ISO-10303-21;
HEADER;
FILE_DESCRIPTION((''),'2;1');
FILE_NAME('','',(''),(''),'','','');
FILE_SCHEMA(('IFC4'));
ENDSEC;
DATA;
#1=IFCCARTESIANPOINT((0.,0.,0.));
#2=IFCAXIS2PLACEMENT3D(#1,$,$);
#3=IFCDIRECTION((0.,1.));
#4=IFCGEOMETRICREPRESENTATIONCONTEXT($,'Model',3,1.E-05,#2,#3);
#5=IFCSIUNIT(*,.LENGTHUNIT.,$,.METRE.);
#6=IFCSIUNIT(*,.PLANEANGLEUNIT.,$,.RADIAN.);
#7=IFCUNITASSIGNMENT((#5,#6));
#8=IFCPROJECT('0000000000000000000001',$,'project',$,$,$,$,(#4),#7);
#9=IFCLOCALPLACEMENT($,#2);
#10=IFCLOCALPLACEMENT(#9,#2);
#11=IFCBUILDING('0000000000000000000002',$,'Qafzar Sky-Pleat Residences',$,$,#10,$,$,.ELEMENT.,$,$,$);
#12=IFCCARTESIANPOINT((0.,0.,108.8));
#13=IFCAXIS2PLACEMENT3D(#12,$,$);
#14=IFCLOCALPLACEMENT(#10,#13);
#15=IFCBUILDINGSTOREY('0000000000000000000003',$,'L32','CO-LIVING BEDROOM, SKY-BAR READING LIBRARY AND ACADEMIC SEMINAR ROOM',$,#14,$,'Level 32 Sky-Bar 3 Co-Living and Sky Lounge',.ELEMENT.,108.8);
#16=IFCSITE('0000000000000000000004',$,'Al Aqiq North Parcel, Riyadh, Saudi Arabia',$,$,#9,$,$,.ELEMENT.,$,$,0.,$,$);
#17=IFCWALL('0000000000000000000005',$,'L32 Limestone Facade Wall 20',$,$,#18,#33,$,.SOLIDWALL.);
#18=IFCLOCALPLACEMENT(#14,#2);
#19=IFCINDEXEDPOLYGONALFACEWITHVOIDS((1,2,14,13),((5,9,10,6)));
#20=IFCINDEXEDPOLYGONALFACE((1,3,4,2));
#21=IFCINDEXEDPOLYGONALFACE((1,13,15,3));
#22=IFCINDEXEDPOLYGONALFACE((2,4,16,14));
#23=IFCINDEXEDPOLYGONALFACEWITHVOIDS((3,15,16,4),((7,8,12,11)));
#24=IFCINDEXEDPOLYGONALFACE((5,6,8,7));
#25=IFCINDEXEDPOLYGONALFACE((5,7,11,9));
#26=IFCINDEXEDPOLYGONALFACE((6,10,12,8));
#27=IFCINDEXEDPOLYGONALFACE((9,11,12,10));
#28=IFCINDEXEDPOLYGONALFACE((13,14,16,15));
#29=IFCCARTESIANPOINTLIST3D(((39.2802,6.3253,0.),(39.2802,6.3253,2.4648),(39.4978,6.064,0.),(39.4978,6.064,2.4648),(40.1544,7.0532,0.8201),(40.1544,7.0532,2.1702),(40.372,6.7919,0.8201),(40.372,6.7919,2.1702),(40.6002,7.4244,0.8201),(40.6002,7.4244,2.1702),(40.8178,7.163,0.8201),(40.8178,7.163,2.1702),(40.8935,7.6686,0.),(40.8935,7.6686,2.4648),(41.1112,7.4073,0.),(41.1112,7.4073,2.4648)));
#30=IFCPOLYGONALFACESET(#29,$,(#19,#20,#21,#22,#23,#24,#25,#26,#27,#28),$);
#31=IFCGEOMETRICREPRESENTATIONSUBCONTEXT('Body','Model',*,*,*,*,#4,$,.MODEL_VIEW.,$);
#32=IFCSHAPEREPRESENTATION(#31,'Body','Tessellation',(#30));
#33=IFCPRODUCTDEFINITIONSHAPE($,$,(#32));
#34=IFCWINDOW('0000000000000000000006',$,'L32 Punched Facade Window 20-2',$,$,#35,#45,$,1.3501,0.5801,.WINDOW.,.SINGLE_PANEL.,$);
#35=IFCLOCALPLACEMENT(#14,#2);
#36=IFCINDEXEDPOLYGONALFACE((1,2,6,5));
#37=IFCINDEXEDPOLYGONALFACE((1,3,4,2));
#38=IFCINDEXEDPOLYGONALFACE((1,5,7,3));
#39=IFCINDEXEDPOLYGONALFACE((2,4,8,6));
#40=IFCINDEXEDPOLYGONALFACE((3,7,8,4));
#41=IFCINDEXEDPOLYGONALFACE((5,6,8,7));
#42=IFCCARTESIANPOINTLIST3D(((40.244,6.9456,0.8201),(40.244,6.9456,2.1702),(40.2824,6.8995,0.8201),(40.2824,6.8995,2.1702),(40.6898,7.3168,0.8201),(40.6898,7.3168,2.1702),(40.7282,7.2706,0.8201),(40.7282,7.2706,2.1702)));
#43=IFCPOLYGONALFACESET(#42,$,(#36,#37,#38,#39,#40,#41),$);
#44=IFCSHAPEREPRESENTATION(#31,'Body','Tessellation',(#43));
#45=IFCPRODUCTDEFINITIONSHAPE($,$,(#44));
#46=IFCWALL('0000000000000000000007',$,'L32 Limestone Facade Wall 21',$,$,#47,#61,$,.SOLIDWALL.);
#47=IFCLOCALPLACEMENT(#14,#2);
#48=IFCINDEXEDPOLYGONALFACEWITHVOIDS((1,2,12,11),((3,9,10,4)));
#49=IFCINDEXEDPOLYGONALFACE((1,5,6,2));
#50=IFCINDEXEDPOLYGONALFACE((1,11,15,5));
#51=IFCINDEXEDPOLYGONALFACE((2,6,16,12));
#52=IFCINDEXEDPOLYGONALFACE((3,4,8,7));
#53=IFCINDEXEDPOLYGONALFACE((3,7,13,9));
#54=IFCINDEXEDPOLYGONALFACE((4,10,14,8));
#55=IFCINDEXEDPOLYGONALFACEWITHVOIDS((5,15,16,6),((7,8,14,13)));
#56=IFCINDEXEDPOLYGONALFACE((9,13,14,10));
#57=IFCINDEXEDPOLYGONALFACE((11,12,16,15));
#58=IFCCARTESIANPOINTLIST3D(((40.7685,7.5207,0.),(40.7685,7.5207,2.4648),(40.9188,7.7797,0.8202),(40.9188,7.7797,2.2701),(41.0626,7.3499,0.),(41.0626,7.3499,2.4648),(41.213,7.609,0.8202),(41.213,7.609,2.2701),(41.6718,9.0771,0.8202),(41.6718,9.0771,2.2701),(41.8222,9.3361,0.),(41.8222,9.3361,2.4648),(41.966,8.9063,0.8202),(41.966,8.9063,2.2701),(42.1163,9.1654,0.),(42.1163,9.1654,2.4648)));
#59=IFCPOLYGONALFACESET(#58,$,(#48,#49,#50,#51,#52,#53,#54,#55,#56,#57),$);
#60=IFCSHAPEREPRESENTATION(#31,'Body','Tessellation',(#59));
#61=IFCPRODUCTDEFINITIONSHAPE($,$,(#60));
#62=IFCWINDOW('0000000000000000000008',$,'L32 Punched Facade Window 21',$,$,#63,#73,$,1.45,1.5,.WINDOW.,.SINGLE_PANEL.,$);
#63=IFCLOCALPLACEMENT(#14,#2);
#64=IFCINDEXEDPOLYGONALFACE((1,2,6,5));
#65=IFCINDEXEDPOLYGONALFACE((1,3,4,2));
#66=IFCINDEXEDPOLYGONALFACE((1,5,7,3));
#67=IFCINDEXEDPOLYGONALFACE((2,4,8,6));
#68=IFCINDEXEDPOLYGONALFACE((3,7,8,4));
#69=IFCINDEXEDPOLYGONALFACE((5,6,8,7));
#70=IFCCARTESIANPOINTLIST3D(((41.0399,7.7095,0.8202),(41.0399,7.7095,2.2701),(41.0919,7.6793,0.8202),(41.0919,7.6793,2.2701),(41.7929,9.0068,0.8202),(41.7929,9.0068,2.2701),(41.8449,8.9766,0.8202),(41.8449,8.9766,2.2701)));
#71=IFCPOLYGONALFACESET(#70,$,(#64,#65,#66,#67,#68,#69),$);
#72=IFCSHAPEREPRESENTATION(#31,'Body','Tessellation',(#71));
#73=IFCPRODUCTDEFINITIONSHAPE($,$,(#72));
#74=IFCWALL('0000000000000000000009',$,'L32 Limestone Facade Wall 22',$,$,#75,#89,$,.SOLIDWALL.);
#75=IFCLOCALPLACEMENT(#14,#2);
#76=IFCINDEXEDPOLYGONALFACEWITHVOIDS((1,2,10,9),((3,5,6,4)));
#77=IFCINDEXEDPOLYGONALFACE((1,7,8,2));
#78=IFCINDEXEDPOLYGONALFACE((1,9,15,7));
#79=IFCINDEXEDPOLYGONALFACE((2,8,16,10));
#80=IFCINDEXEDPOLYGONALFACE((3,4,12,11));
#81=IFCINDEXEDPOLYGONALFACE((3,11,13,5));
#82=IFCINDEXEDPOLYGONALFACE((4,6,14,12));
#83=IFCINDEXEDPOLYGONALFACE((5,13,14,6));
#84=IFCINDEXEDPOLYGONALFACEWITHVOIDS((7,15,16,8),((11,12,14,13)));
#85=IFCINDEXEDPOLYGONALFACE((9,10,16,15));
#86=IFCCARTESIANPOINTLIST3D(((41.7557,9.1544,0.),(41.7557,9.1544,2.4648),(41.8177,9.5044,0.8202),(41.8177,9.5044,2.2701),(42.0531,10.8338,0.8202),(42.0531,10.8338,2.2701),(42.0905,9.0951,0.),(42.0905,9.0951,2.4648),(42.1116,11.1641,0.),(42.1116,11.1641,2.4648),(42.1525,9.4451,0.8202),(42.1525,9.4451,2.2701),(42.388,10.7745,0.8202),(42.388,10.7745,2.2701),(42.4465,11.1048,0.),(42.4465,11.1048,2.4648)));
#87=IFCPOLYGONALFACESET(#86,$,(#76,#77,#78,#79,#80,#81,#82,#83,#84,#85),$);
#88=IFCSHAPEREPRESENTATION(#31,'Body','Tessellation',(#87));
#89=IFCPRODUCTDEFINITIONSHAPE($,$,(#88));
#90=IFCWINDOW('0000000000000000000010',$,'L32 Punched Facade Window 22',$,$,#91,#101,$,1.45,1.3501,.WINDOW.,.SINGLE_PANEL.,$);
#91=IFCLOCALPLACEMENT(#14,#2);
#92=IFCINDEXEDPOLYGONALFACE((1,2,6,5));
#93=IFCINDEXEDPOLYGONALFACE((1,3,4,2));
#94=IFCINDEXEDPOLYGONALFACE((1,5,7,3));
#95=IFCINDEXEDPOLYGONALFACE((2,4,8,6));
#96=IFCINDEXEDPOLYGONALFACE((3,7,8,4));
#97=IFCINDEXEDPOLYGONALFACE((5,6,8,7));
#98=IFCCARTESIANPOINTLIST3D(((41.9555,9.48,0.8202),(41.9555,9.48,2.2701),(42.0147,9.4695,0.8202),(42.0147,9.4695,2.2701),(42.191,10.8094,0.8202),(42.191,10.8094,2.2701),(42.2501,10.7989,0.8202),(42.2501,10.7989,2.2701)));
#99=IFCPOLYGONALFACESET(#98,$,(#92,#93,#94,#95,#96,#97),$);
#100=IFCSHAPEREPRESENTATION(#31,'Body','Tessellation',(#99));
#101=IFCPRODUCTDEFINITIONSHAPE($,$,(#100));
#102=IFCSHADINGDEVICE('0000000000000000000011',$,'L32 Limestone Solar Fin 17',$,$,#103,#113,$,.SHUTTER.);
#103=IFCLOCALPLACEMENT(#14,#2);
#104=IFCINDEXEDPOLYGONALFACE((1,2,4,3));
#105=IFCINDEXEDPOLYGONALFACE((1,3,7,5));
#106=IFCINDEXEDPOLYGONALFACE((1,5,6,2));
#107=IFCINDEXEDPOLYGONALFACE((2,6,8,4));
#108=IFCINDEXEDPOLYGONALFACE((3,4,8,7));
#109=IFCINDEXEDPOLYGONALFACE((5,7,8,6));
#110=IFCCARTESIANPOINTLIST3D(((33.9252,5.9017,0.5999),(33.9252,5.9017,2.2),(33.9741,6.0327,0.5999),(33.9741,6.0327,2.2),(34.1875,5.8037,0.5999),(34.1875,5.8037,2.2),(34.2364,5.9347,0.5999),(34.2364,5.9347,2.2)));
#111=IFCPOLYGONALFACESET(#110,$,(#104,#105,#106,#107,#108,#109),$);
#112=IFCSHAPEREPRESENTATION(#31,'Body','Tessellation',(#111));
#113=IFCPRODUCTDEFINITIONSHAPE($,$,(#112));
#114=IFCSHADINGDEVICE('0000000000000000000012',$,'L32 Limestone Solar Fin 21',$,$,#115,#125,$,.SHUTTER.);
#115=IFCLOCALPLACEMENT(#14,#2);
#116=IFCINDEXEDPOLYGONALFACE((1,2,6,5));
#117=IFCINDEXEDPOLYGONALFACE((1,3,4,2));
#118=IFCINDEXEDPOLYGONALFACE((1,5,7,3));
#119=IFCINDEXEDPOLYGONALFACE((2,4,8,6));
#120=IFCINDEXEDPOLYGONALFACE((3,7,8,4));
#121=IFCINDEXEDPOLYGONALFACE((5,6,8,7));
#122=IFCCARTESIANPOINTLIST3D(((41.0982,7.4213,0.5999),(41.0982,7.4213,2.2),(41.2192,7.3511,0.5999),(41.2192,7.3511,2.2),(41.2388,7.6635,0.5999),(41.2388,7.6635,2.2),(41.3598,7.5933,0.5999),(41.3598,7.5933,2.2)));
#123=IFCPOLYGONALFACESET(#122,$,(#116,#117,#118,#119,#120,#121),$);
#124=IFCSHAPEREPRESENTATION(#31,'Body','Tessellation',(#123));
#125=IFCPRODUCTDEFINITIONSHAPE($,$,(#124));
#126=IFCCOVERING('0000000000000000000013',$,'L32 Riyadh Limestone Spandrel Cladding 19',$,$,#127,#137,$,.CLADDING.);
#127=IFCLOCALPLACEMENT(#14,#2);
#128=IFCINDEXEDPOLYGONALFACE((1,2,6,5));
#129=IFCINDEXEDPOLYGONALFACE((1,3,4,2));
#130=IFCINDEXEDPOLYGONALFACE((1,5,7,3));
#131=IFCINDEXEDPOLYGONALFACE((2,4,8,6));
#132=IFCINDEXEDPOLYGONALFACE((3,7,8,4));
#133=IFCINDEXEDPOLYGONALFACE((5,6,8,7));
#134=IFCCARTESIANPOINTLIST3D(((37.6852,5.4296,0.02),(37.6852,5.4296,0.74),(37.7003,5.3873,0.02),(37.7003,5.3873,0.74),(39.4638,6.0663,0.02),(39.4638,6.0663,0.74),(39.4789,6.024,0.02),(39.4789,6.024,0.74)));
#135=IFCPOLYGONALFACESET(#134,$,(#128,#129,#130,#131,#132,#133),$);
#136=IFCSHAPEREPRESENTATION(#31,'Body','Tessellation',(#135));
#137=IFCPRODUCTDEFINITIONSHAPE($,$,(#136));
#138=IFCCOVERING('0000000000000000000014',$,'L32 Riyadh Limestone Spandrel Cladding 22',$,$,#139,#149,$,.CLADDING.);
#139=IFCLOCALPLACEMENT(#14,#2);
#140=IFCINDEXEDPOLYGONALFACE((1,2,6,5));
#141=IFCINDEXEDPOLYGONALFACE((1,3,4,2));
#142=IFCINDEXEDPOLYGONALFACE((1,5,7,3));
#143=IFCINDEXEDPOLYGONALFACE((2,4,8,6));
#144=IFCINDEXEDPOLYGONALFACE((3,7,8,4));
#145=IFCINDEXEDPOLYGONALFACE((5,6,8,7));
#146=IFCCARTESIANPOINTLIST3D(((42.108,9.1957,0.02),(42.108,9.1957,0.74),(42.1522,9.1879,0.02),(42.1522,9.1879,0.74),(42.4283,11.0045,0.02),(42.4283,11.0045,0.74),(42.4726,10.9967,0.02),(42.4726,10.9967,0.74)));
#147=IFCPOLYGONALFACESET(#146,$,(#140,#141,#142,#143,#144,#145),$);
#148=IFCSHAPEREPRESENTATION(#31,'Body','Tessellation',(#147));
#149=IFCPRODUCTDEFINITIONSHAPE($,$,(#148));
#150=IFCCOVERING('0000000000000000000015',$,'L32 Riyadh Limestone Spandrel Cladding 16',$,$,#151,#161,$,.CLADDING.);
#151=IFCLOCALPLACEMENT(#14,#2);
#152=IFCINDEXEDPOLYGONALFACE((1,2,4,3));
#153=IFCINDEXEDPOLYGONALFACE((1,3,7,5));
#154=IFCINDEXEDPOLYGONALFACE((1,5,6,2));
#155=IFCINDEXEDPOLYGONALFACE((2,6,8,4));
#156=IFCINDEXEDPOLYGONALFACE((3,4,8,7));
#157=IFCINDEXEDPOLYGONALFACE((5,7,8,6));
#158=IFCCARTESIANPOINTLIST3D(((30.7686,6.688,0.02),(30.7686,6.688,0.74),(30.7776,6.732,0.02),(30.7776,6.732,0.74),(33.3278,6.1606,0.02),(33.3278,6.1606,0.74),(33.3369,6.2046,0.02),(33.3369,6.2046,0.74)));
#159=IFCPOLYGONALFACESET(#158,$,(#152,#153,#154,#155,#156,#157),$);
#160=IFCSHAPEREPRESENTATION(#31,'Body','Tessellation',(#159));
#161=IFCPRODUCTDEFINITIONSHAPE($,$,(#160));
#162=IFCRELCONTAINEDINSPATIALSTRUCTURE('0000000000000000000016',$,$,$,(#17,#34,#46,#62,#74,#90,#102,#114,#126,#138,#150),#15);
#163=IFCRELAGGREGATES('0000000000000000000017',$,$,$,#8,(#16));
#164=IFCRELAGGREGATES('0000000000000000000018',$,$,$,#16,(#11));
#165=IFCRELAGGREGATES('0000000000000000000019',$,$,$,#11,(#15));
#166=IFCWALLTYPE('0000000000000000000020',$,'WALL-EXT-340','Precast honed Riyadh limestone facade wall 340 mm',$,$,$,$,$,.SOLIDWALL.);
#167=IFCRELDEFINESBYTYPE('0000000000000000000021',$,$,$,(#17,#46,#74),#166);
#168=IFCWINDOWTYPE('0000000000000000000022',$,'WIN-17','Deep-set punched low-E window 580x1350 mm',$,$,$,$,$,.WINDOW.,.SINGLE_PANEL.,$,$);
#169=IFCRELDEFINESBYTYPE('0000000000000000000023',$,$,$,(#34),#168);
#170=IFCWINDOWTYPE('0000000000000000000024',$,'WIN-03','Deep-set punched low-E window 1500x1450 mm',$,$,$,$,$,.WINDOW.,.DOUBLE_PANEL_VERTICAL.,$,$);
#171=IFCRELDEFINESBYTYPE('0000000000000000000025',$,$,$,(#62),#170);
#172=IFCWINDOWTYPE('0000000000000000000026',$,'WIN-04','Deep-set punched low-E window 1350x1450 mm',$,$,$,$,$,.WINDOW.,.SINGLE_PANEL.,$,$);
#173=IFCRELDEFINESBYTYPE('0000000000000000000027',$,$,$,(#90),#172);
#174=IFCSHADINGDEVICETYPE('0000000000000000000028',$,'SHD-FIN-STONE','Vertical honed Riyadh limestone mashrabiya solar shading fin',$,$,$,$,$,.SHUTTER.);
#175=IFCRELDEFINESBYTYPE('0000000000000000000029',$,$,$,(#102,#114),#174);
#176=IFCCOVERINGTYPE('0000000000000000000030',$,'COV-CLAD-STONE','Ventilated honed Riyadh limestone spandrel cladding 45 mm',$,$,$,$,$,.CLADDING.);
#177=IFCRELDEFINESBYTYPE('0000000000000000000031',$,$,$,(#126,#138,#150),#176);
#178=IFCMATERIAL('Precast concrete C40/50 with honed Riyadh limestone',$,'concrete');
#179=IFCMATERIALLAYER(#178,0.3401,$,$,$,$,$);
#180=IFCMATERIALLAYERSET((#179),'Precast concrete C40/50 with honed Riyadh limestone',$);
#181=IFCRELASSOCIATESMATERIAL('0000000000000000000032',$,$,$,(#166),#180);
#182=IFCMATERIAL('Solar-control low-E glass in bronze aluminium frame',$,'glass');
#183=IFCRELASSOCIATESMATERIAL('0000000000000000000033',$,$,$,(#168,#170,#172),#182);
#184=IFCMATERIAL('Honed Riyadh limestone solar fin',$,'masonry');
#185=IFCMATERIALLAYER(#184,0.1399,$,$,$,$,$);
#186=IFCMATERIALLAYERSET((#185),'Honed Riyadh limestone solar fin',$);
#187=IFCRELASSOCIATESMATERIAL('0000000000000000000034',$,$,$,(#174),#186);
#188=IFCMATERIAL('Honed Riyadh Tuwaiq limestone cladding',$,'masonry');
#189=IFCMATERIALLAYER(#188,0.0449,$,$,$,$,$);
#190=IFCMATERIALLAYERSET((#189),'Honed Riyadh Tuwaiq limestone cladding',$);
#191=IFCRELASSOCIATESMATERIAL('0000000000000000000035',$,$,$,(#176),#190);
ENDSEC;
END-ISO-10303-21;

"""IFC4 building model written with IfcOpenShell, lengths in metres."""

from ifc_helpers import new_model, si_unit, direction, frame, frame_2d, origin, origin_2d, place, context, subcontext, project, spatial, rectangle, extrude, source, transform, mapped, material, layer, layer_set, type_object, element, fill, save


model = new_model("IFC4")

# Units and contexts
model_context = context("Model", 3, precision=1e-05, world=origin(), true_north=direction((0.0, 1.0)))
body_context = subcontext(model_context, "Body", "Model", "MODEL_VIEW")
ifc_project = project(units=[si_unit("LENGTHUNIT", "METRE"), si_unit("PLANEANGLEUNIT", "RADIAN")], contexts=[model_context])

# Site, building, storey
site_placement = place(None, origin())
site = spatial("IfcSite", under=ifc_project, at=site_placement, Name="Al Aqiq North Parcel, Riyadh, Saudi Arabia", CompositionType="ELEMENT", RefElevation=0.0)
building_placement = place(site_placement, origin())
building = spatial("IfcBuilding", under=site, at=building_placement, Name="Qafzar Sky-Pleat Residences", CompositionType="ELEMENT")
storey_placement = place(building_placement, frame((0.0, 0.0, 108.8)))
storey = spatial("IfcBuildingStorey", under=building, at=storey_placement, Name="L32", Description="CO-LIVING BEDROOM, SKY-BAR READING LIBRARY AND ACADEMIC SEMINAR ROOM", LongName="Level 32 Sky-Bar 3 Co-Living and Sky Lounge", CompositionType="ELEMENT", Elevation=108.8)

# Walls, openings, windows
ifc_material_1 = material(Name="Precast concrete C40/50 with honed Riyadh limestone", Category="concrete")
ifc_layer_1 = layer(ifc_material_1, 0.3401)
ifc_layer_set_1 = layer_set([ifc_layer_1], Name="Precast concrete C40/50 with honed Riyadh limestone")
wall_type_1 = type_object("IfcWallType", Name="WALL-EXT-340", Description="Precast honed Riyadh limestone facade wall 340 mm", PredefinedType="SOLIDWALL", material=ifc_layer_set_1)
ifc_material_2 = material(Name="Solar-control low-E glass in bronze aluminium frame", Category="glass")
wall_1_placement = place(storey_placement, frame((39.3889, 6.1946, 0.0), z_axis=(0.0, 0.0, 1.0), x_axis=(0.768488, 0.639864, 0.0)))
wall_1 = element("IfcWall", 1, at=wall_1_placement, inside=storey, type_object=wall_type_1, Name="L32 Limestone Facade Wall 20", PredefinedType="SOLIDWALL", context=body_context, shape_type="SweptSolid", body=[
    extrude(rectangle(XDim=2.0994, YDim=0.3401, at=frame_2d((1.0498, 0.0))), origin(), (0.0, 0.0, 1.0), 2.4648),
])
opening_1_placement = place(wall_1_placement, frame((1.1377, 0.0, 0.8201)))
opening_1 = element("IfcOpeningElement", 2, at=opening_1_placement, cuts=wall_1, PredefinedType="OPENING", context=body_context, shape_type="SweptSolid", body=[
    extrude(rectangle(XDim=0.5801, YDim=1.3501, at=frame_2d((0.29, 0.675))), frame((0.0, 0.1802, 0.0), z_axis=(0.0, -1.0, 0.0), x_axis=(1.0, 0.0, 0.0)), (0.0, 0.0, 1.0), 0.3601),
])
window_type_1 = type_object("IfcWindowType", Name="WIN-17", Description="Deep-set punched low-E window 580x1350 mm", PartitioningType="SINGLE_PANEL", PredefinedType="WINDOW", material=ifc_material_2)
shared_shape_1 = source(origin(), body_context, "Body", "SweptSolid", [
    extrude(rectangle(XDim=0.5801, YDim=1.3501, at=frame_2d((0.29, 0.675))), frame((0.0, 0.03, 0.0), z_axis=(0.0, -1.0, 0.0), x_axis=(1.0, 0.0, 0.0)), (0.0, 0.0, 1.0), 0.0601),
])
window_1_placement = place(opening_1_placement, origin())
window_1 = element("IfcWindow", 3, at=window_1_placement, inside=storey, type_object=window_type_1, Name="L32 Punched Facade Window 20-2", OverallHeight=1.3501, OverallWidth=0.5801, PartitioningType="SINGLE_PANEL", PredefinedType="WINDOW", context=body_context, shape_type="MappedRepresentation", body=[
    mapped(shared_shape_1, transform((0.0, 0.0, 0.0), x_axis=(1.0, 0.0, 0.0), y_axis=(0.0, 1.0, 0.0), z_axis=(0.0, 0.0, 1.0), scale=1.0)),
])
fill(opening_1, window_1)
wall_2_placement = place(storey_placement, frame((40.9155, 7.4353, 0.0), z_axis=(0.0, 0.0, 1.0), x_axis=(0.50199, 0.864874, 0.0)))
wall_2 = element("IfcWall", 4, at=wall_2_placement, inside=storey, type_object=wall_type_1, Name="L32 Limestone Facade Wall 21", PredefinedType="SOLIDWALL", context=body_context, shape_type="SweptSolid", body=[
    extrude(rectangle(XDim=2.0991, YDim=0.3401, at=frame_2d((1.0496, 0.0))), origin(), (0.0, 0.0, 1.0), 2.4648),
])
opening_2_placement = place(wall_2_placement, frame((0.2996, 0.0, 0.8201)))
opening_2 = element("IfcOpeningElement", 5, at=opening_2_placement, cuts=wall_2, PredefinedType="OPENING", context=body_context, shape_type="SweptSolid", body=[
    extrude(rectangle(XDim=1.5, YDim=1.45, at=frame_2d((0.75, 0.7251))), frame((0.0, 0.1802, 0.0), z_axis=(0.0, -1.0, 0.0), x_axis=(1.0, 0.0, 0.0)), (0.0, 0.0, 1.0), 0.3601),
])
window_type_2 = type_object("IfcWindowType", Name="WIN-03", Description="Deep-set punched low-E window 1500x1450 mm", PartitioningType="DOUBLE_PANEL_VERTICAL", PredefinedType="WINDOW", material=ifc_material_2)
shared_shape_2 = source(origin(), body_context, "Body", "SweptSolid", [
    extrude(rectangle(XDim=1.5, YDim=1.45, at=frame_2d((0.75, 0.7251))), frame((0.0, 0.03, 0.0), z_axis=(0.0, -1.0, 0.0), x_axis=(1.0, 0.0, 0.0)), (0.0, 0.0, 1.0), 0.0601),
])
window_2_placement = place(opening_2_placement, origin())
window_2 = element("IfcWindow", 6, at=window_2_placement, inside=storey, type_object=window_type_2, Name="L32 Punched Facade Window 21", OverallHeight=1.45, OverallWidth=1.5, PartitioningType="SINGLE_PANEL", PredefinedType="WINDOW", context=body_context, shape_type="MappedRepresentation", body=[
    mapped(shared_shape_2, transform((0.0, 0.0, 0.0), x_axis=(1.0, 0.0, 0.0), y_axis=(0.0, 1.0, 0.0), z_axis=(0.0, 0.0, 1.0), scale=1.0)),
])
fill(opening_2, window_2)
wall_3_placement = place(storey_placement, frame((41.9231, 9.1248, 0.0), z_axis=(0.0, 0.0, 1.0), x_axis=(0.174399, 0.984675, 0.0)))
wall_3 = element("IfcWall", 7, at=wall_3_placement, inside=storey, type_object=wall_type_1, Name="L32 Limestone Facade Wall 22", PredefinedType="SOLIDWALL", context=body_context, shape_type="SweptSolid", body=[
    extrude(rectangle(XDim=2.041, YDim=0.3401, at=frame_2d((1.0205, 0.0))), origin(), (0.0, 0.0, 1.0), 2.4648),
])
opening_3_placement = place(wall_3_placement, frame((0.3555, 0.0, 0.8201)))
opening_3 = element("IfcOpeningElement", 8, at=opening_3_placement, cuts=wall_3, PredefinedType="OPENING", context=body_context, shape_type="SweptSolid", body=[
    extrude(rectangle(XDim=1.3501, YDim=1.45, at=frame_2d((0.675, 0.7251))), frame((0.0, 0.1802, 0.0), z_axis=(0.0, -1.0, 0.0), x_axis=(1.0, 0.0, 0.0)), (0.0, 0.0, 1.0), 0.3601),
])
window_type_3 = type_object("IfcWindowType", Name="WIN-04", Description="Deep-set punched low-E window 1350x1450 mm", PartitioningType="SINGLE_PANEL", PredefinedType="WINDOW", material=ifc_material_2)
shared_shape_3 = source(origin(), body_context, "Body", "SweptSolid", [
    extrude(rectangle(XDim=1.3501, YDim=1.45, at=frame_2d((0.675, 0.7251))), frame((0.0, 0.03, 0.0), z_axis=(0.0, -1.0, 0.0), x_axis=(1.0, 0.0, 0.0)), (0.0, 0.0, 1.0), 0.0601),
])
window_3_placement = place(opening_3_placement, origin())
window_3 = element("IfcWindow", 9, at=window_3_placement, inside=storey, type_object=window_type_3, Name="L32 Punched Facade Window 22", OverallHeight=1.45, OverallWidth=1.3501, PartitioningType="SINGLE_PANEL", PredefinedType="WINDOW", context=body_context, shape_type="MappedRepresentation", body=[
    mapped(shared_shape_3, transform((0.0, 0.0, 0.0), x_axis=(1.0, 0.0, 0.0), y_axis=(0.0, 1.0, 0.0), z_axis=(0.0, 0.0, 1.0), scale=1.0)),
])
fill(opening_3, window_3)

# Shading devices
ifc_material_3 = material(Name="Honed Riyadh limestone solar fin", Category="masonry")
ifc_layer_2 = layer(ifc_material_3, 0.1399)
ifc_layer_set_2 = layer_set([ifc_layer_2], Name="Honed Riyadh limestone solar fin")
shading_device_type = type_object("IfcShadingDeviceType", Name="SHD-FIN-STONE", Description="Vertical honed Riyadh limestone mashrabiya solar shading fin", PredefinedType="SHUTTER", material=ifc_layer_set_2)
shared_shape_4 = source(origin(), body_context, "Body", "SweptSolid", [
    extrude(rectangle(XDim=0.1399, YDim=0.28, at=origin_2d()), origin(), (0.0, 0.0, 1.0), 1.6001),
])
for number, where, z_axis, x_axis, name in (
    (10, (34.0808, 5.9182, 0.5999), (0.0, 0.0, 1.0), (-0.349883, -0.936794, 0.0), "L32 Limestone Solar Fin 17"),
    (11, (41.229, 7.5073, 0.5999), (0.0, 0.0, 1.0), (0.864874, -0.501989, 0.0), "L32 Limestone Solar Fin 21"),
):
    element("IfcShadingDevice", number, at=place(storey_placement, frame(where, z_axis=z_axis, x_axis=x_axis)), inside=storey, type_object=shading_device_type, Name=name, PredefinedType="SHUTTER", context=body_context, shape_type="MappedRepresentation", body=[
        mapped(shared_shape_4, transform((0.0, 0.0, 0.0), x_axis=(1.0, 0.0, 0.0), y_axis=(0.0, 1.0, 0.0), z_axis=(0.0, 0.0, 1.0), scale=1.0)),
    ])

# Coverings
ifc_material_4 = material(Name="Honed Riyadh Tuwaiq limestone cladding", Category="masonry")
ifc_layer_3 = layer(ifc_material_4, 0.0449)
ifc_layer_set_3 = layer_set([ifc_layer_3], Name="Honed Riyadh Tuwaiq limestone cladding")
covering_type = type_object("IfcCoveringType", Name="COV-CLAD-STONE", Description="Ventilated honed Riyadh limestone spandrel cladding 45 mm", PredefinedType="CLADDING", material=ifc_layer_set_3)
shared_shape_5 = source(origin(), body_context, "Body", "SweptSolid", [
    extrude(rectangle(XDim=1.8892, YDim=0.0449, at=origin_2d()), origin(), (0.0, 0.0, 1.0), 0.72),
])
covering_1_placement = place(storey_placement, frame((38.582, 5.7268, 0.02), z_axis=(0.0, 0.0, 1.0), x_axis=(0.941483, 0.337061, 0.0)))
element("IfcCovering", 12, at=covering_1_placement, inside=storey, type_object=covering_type, Name="L32 Riyadh Limestone Spandrel Cladding 19", PredefinedType="CLADDING", context=body_context, shape_type="MappedRepresentation", body=[
    mapped(shared_shape_5, transform((0.0, 0.0, 0.0), x_axis=(1.0, 0.0, 0.0), y_axis=(0.0, 1.0, 0.0), z_axis=(0.0, 0.0, 1.0), scale=1.0)),
])
shared_shape_6 = source(origin(), body_context, "Body", "SweptSolid", [
    extrude(rectangle(XDim=1.8369, YDim=0.0449, at=origin_2d()), origin(), (0.0, 0.0, 1.0), 0.72),
])
covering_2_placement = place(storey_placement, frame((42.2903, 10.0962, 0.02), z_axis=(0.0, 0.0, 1.0), x_axis=(0.174369, 0.98468, 0.0)))
element("IfcCovering", 13, at=covering_2_placement, inside=storey, type_object=covering_type, Name="L32 Riyadh Limestone Spandrel Cladding 22", PredefinedType="CLADDING", context=body_context, shape_type="MappedRepresentation", body=[
    mapped(shared_shape_6, transform((0.0, 0.0, 0.0), x_axis=(1.0, 0.0, 0.0), y_axis=(0.0, 1.0, 0.0), z_axis=(0.0, 0.0, 1.0), scale=1.0)),
])
shared_shape_7 = source(origin(), body_context, "Body", "SweptSolid", [
    extrude(rectangle(XDim=2.613, YDim=0.0449, at=origin_2d()), origin(), (0.0, 0.0, 1.0), 0.72),
])
covering_3_placement = place(storey_placement, frame((32.0527, 6.4463, 0.02), z_axis=(0.0, 0.0, 1.0), x_axis=(0.979421, -0.201829, 0.0)))
element("IfcCovering", 14, at=covering_3_placement, inside=storey, type_object=covering_type, Name="L32 Riyadh Limestone Spandrel Cladding 16", PredefinedType="CLADDING", context=body_context, shape_type="MappedRepresentation", body=[
    mapped(shared_shape_7, transform((0.0, 0.0, 0.0), x_axis=(1.0, 0.0, 0.0), y_axis=(0.0, 1.0, 0.0), z_axis=(0.0, 0.0, 1.0), scale=1.0)),
])

save(model, "model.ifc")
